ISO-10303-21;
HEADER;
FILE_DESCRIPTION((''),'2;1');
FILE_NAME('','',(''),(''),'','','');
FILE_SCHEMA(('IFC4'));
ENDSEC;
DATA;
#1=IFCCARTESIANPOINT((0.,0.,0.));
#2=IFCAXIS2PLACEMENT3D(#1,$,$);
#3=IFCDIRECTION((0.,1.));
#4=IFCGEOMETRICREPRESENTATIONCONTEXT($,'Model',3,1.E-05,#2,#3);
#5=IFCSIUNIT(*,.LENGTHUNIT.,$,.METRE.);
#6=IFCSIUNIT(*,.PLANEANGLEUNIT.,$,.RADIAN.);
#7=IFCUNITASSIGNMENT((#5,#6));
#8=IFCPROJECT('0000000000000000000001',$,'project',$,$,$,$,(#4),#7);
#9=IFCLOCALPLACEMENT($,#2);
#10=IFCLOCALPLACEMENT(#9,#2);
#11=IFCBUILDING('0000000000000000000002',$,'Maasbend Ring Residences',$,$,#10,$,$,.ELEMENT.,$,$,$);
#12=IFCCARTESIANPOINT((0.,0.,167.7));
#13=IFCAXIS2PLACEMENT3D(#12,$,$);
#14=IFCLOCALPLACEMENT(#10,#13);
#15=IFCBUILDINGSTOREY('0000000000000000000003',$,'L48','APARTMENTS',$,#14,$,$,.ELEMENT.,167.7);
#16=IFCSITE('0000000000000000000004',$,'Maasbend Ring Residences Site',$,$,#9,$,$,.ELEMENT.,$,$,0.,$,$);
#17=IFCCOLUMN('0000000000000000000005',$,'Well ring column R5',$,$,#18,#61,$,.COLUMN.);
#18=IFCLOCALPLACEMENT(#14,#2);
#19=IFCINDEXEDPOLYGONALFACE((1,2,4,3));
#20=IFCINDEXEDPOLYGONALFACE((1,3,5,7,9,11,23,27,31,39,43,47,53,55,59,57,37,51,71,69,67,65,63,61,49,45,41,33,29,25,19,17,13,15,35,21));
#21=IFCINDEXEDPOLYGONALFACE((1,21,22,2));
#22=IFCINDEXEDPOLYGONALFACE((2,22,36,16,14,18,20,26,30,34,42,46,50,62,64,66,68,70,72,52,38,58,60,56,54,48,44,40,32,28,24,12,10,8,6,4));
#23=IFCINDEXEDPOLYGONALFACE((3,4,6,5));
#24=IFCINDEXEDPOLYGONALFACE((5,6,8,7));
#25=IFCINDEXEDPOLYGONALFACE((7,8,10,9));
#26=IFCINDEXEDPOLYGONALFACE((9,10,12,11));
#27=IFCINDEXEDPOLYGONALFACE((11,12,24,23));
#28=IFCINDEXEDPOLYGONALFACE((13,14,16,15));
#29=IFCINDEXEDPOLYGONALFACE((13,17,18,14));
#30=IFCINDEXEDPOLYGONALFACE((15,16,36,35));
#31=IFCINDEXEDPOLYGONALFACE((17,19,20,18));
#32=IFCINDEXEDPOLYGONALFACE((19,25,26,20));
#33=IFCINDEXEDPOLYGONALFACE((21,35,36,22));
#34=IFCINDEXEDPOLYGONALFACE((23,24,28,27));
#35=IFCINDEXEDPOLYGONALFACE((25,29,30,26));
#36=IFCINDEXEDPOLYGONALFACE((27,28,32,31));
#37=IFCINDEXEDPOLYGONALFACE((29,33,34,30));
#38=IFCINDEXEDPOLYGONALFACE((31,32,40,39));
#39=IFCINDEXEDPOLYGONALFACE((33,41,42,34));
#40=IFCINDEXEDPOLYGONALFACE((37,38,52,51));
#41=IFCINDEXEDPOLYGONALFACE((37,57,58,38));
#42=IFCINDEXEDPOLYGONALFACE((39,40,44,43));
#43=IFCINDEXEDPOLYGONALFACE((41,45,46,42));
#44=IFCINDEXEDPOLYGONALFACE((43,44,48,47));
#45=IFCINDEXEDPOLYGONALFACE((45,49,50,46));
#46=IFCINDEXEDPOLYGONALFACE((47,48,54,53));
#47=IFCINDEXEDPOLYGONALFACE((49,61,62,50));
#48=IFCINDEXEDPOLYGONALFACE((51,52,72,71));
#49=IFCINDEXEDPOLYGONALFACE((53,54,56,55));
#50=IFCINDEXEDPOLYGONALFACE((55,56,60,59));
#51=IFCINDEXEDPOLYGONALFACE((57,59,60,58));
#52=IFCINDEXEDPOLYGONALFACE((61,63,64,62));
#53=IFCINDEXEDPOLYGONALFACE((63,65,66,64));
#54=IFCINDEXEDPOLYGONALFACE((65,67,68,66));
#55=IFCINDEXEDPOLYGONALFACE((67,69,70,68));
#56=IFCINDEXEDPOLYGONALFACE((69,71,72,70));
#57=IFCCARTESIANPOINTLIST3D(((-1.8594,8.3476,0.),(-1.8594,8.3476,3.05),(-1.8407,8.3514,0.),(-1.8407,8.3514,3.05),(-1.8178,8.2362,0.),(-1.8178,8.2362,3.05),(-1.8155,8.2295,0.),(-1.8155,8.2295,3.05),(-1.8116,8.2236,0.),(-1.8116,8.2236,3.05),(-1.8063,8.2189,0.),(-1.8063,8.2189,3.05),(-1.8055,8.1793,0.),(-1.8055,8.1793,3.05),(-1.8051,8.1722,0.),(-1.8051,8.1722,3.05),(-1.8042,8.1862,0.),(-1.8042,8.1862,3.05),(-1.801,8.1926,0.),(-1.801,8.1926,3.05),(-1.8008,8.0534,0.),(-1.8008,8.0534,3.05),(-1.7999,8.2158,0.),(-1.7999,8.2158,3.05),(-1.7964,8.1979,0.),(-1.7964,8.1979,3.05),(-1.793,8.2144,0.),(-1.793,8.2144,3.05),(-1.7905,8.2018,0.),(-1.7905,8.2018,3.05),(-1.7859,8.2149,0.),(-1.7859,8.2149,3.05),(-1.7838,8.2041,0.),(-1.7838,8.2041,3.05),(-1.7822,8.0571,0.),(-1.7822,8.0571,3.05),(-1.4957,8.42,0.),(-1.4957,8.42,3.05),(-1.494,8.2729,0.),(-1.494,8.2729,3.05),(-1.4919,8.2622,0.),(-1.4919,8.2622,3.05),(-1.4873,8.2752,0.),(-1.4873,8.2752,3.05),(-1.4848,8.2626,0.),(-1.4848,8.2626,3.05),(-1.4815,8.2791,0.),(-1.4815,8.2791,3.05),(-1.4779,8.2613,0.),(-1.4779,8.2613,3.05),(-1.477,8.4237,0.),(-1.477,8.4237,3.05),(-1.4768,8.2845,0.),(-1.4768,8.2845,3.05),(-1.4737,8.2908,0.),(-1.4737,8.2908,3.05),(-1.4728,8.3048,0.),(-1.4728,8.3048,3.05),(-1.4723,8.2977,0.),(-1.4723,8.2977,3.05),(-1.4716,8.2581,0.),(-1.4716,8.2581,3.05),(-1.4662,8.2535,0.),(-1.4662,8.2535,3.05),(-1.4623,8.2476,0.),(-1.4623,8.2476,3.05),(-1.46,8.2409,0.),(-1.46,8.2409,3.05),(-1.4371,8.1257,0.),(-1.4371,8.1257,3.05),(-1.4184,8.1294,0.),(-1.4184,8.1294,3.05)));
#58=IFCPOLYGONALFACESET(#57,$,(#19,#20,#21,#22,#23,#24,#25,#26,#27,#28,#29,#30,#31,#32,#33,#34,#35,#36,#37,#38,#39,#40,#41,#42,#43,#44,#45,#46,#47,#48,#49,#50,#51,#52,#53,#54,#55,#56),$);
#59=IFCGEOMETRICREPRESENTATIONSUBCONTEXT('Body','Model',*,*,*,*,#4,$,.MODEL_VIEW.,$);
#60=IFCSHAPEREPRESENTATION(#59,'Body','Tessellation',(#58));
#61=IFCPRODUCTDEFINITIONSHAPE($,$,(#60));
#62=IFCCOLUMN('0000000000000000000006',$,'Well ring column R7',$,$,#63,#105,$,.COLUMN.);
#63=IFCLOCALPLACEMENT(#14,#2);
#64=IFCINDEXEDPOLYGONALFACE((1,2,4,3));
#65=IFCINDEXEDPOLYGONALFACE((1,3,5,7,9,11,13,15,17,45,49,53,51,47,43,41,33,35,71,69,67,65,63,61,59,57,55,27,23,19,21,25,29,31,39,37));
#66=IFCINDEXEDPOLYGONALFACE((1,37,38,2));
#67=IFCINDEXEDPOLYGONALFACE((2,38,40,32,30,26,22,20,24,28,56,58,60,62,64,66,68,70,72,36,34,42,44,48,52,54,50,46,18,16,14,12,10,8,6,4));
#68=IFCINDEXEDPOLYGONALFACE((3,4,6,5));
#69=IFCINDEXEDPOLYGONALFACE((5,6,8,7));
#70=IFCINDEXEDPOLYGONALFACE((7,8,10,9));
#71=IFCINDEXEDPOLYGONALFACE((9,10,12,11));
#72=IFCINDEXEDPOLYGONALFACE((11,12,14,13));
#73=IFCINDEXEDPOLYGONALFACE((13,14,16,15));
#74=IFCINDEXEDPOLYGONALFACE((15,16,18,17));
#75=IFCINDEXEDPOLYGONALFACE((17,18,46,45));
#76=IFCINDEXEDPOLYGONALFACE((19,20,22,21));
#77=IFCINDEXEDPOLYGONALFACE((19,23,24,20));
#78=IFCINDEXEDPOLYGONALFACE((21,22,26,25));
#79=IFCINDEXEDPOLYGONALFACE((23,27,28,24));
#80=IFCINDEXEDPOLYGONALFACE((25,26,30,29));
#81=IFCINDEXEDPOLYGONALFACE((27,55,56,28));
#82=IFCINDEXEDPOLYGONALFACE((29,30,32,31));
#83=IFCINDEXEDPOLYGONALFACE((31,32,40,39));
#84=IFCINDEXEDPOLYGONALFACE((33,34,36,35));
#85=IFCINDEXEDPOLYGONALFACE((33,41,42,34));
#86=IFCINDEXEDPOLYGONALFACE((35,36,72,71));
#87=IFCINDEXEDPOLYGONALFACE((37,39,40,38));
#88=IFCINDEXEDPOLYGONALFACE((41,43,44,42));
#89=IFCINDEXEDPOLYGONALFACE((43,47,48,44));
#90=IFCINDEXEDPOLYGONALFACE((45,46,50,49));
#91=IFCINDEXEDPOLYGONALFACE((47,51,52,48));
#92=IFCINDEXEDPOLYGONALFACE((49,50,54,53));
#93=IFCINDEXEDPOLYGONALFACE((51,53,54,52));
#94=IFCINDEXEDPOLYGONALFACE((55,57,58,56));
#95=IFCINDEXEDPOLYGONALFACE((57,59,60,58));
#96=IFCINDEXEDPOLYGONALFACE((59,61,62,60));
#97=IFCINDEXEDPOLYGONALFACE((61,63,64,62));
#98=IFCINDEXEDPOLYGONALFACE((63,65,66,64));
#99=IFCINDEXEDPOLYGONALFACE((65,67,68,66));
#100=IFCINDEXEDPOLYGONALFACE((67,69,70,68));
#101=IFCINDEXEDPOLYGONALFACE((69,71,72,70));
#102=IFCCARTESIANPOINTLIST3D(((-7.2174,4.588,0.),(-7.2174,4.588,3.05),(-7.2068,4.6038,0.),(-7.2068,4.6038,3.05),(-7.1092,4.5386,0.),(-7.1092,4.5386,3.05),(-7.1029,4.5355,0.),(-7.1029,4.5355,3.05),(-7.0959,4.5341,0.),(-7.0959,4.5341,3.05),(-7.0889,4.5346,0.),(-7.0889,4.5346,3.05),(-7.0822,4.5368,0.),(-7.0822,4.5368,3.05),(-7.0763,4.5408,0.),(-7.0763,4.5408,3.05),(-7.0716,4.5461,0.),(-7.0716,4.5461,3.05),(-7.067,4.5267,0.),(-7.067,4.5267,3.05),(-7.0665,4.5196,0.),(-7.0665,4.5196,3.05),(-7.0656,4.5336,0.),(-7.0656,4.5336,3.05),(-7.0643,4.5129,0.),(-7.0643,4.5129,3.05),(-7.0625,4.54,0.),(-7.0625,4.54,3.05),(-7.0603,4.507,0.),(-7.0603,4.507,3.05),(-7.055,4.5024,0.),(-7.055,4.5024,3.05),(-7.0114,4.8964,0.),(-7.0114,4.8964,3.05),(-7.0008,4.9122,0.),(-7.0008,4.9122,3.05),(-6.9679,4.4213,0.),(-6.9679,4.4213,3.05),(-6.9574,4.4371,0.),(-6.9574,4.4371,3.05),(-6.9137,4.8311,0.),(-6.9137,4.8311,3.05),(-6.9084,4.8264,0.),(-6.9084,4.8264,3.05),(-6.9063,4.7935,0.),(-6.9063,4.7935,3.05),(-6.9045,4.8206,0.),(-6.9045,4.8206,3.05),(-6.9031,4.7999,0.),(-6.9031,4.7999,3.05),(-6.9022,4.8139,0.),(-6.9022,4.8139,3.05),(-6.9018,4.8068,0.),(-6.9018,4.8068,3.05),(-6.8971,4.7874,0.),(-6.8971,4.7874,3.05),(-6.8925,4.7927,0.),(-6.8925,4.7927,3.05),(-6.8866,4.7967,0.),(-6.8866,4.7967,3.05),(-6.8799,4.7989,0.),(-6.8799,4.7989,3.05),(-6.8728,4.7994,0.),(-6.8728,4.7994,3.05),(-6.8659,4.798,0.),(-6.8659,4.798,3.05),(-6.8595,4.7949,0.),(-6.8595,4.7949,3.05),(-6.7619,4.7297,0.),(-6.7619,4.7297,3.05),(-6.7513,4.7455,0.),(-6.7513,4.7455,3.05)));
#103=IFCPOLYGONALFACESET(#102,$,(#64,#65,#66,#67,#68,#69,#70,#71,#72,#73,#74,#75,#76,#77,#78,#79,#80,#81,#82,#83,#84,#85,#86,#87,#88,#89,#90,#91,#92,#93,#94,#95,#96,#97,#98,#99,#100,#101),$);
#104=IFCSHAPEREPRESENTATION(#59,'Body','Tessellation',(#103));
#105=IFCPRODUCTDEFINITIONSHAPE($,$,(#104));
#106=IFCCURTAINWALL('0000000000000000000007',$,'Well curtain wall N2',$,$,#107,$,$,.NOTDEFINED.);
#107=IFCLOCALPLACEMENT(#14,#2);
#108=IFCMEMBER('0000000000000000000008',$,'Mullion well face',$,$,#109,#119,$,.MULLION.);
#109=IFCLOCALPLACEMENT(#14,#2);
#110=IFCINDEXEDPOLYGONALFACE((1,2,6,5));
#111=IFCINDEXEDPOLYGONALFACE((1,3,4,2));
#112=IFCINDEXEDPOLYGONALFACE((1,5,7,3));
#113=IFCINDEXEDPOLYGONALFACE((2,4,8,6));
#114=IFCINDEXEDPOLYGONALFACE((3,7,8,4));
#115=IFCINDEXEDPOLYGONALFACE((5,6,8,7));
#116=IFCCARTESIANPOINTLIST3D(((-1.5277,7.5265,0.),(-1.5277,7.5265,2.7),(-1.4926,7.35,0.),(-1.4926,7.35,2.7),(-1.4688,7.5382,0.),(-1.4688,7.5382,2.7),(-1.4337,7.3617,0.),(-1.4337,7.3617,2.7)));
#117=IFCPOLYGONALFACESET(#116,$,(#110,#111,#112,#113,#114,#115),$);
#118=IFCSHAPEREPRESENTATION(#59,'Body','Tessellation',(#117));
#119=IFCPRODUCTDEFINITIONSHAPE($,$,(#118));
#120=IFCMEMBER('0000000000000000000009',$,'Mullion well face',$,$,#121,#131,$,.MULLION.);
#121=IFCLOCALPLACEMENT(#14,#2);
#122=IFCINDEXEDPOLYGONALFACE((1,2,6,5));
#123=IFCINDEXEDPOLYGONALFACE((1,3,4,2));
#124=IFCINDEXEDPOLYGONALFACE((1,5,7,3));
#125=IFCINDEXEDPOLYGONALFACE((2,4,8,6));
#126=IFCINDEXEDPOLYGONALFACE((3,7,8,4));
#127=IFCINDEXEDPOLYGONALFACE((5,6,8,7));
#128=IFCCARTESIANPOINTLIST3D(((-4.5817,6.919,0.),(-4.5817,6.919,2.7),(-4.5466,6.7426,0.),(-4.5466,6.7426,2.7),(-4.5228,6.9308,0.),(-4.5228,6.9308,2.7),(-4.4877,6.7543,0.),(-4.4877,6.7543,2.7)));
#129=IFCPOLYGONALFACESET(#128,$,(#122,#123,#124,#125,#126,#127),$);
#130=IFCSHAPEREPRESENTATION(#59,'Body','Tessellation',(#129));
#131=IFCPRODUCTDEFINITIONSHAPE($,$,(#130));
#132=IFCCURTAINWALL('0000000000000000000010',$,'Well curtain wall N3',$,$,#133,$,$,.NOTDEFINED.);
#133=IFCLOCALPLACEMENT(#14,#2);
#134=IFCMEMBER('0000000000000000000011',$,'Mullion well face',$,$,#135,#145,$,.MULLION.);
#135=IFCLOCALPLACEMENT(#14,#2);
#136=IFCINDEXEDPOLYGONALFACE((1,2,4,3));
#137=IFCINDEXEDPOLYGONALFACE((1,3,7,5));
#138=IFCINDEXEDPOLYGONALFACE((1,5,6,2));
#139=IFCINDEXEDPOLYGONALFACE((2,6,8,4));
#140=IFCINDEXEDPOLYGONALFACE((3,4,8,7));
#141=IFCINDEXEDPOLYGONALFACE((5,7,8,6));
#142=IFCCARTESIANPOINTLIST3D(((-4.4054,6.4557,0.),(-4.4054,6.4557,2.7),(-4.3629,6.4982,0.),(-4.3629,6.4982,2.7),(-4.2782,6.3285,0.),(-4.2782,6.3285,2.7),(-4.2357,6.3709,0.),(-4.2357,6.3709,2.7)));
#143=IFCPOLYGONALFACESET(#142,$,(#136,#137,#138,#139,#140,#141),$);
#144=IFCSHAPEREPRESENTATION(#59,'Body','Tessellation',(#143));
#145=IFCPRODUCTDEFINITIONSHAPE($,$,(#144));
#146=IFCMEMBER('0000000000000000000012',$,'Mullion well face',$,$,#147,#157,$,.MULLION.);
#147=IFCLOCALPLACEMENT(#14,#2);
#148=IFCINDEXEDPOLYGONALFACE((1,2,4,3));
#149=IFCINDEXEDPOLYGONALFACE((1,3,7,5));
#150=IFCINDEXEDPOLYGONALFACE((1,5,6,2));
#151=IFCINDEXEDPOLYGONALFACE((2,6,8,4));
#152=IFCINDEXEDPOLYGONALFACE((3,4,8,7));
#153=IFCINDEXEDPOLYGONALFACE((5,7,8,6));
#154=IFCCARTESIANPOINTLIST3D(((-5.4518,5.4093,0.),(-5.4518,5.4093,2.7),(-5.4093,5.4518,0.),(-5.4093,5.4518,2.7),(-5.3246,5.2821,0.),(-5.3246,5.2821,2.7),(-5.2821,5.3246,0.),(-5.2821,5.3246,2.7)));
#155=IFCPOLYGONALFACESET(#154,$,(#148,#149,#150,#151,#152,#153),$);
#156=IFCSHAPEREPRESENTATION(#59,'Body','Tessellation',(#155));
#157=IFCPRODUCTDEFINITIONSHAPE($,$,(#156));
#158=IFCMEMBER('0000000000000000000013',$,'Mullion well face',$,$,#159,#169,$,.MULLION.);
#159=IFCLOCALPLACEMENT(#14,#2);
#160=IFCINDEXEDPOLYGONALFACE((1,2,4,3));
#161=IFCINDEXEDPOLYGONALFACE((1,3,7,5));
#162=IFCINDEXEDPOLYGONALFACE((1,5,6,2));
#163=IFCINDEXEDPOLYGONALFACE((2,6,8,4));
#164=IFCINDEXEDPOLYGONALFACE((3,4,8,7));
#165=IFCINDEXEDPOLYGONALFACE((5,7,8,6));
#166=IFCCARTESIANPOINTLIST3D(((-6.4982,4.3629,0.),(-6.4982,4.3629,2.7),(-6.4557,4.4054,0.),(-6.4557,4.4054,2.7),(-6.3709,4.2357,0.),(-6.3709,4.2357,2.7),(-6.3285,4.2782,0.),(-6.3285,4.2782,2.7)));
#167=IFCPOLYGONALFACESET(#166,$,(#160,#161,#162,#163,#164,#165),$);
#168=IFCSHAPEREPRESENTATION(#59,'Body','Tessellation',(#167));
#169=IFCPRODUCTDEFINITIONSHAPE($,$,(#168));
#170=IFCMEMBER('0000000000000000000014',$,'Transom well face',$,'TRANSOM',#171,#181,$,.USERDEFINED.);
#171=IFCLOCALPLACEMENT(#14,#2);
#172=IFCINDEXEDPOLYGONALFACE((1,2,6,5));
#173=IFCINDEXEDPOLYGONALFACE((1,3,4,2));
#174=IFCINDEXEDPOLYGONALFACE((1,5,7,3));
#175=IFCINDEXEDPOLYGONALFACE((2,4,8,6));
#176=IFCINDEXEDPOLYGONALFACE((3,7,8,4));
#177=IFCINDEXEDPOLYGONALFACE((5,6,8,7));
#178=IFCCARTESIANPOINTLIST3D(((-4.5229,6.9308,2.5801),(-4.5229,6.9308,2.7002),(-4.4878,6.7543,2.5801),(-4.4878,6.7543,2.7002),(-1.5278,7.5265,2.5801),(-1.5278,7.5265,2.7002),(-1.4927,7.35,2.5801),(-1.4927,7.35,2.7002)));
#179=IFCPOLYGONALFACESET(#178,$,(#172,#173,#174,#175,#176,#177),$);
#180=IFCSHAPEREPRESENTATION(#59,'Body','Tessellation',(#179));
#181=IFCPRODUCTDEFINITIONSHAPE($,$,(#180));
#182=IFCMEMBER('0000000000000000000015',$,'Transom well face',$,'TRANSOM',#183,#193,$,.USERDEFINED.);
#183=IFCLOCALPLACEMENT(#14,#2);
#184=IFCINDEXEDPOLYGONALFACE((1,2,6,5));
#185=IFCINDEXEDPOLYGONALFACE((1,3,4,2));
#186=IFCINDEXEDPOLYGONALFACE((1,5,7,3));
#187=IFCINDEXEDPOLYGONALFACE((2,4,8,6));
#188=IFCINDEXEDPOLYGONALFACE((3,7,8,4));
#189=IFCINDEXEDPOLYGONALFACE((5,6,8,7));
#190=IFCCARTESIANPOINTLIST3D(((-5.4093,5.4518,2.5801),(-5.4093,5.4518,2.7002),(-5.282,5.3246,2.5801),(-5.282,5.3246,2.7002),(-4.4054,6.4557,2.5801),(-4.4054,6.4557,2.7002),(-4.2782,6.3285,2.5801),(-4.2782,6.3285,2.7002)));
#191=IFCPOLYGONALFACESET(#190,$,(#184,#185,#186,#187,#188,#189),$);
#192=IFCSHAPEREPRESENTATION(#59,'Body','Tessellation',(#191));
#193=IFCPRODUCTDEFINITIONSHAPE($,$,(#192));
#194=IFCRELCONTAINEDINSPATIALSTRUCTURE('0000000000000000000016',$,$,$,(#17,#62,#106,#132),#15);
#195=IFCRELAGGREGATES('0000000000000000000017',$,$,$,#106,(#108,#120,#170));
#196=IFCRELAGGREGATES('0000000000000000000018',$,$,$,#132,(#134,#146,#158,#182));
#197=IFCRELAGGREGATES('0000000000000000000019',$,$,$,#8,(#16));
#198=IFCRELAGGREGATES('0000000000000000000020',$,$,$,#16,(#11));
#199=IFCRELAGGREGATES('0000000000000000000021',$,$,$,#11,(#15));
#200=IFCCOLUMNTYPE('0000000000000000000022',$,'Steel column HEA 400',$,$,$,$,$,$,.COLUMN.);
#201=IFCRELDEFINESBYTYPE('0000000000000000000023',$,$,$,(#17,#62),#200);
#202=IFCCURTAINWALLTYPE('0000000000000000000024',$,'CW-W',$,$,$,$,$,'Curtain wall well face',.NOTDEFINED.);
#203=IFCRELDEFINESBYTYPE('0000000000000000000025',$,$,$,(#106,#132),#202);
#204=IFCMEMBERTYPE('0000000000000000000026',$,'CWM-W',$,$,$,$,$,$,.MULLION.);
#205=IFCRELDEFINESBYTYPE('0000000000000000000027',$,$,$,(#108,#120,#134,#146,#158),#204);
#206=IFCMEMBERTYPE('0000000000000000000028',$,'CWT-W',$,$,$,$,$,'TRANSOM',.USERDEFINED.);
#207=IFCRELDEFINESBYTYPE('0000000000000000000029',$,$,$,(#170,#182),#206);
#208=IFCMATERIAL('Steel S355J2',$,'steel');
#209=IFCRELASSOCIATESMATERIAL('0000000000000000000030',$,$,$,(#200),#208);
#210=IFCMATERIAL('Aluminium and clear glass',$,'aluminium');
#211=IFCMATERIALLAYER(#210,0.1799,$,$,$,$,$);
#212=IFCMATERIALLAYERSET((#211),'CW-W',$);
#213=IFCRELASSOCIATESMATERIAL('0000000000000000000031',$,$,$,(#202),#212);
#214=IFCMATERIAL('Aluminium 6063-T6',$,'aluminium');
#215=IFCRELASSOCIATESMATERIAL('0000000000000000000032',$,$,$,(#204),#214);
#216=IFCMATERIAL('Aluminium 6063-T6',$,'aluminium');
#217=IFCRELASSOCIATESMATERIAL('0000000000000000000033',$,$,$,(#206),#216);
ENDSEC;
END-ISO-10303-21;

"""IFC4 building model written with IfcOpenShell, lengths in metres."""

from ifc_helpers import new_model, si_unit, direction, frame, origin, origin_2d, place, context, subcontext, project, spatial, rectangle, i_section, extrude, material, layer, layer_set, material_profile, profile_set, type_object, element, aggregate, save


model = new_model("IFC4")

# Units and contexts
model_context = context("Model", 3, precision=1e-05, world=origin(), true_north=direction((0.0, 1.0)))
body_context = subcontext(model_context, "Body", "Model", "MODEL_VIEW")
ifc_project = project(units=[si_unit("LENGTHUNIT", "METRE"), si_unit("PLANEANGLEUNIT", "RADIAN")], contexts=[model_context])

# Site, building, storey
site_placement = place(None, origin())
site = spatial("IfcSite", under=ifc_project, at=site_placement, Name="Maasbend Ring Residences Site", CompositionType="ELEMENT", RefElevation=0.0)
building_placement = place(site_placement, origin())
building = spatial("IfcBuilding", under=site, at=building_placement, Name="Maasbend Ring Residences", CompositionType="ELEMENT")
storey_placement = place(building_placement, frame((0.0, 0.0, 167.7)))
storey = spatial("IfcBuildingStorey", under=building, at=storey_placement, Name="L48", Description="APARTMENTS", CompositionType="ELEMENT", Elevation=167.7)

# Columns
ifc_material_1 = material(Name="Steel S355J2", Category="steel")
ifc_material_profile_1 = material_profile(ifc_material_1, i_section(OverallWidth=0.3, OverallDepth=0.3899, WebThickness=0.011, FlangeThickness=0.019, FilletRadius=0.0271, at=origin_2d()), Name="HEA 400")
ifc_profile_set_1 = profile_set([ifc_material_profile_1], Name="Steel S355J2")
column_type = type_object("IfcColumnType", Name="Steel column HEA 400", PredefinedType="COLUMN", material=ifc_profile_set_1)
for number, where, z_axis, x_axis, name in (
    (1, (-1.6389, 8.2385, 0.0), (0.0, 0.0, 1.0), (-0.19509, 0.980785, 0.0), "Well ring column R5"),
    (2, (-6.9844, 4.6667, 0.0), (0.0, 0.0, 1.0), (-0.83147, 0.55557, 0.0), "Well ring column R7"),
):
    element("IfcColumn", number, at=place(storey_placement, frame(where, z_axis=z_axis, x_axis=x_axis)), inside=storey, type_object=column_type, Name=name, PredefinedType="COLUMN", context=body_context, shape_type="SweptSolid", body=[
        extrude(i_section(OverallWidth=0.3, OverallDepth=0.3899, WebThickness=0.011, FlangeThickness=0.019, FilletRadius=0.0271, at=origin_2d()), origin(), (0.0, 0.0, 1.0), 3.05),
    ])

# Curtain walls, members
ifc_material_2 = material(Name="Aluminium and clear glass", Category="aluminium")
ifc_layer_1 = layer(ifc_material_2, 0.1799)
ifc_layer_set_1 = layer_set([ifc_layer_1], Name="CW-W")
curtain_wall_type = type_object("IfcCurtainWallType", Name="CW-W", ElementType="Curtain wall well face", PredefinedType="NOTDEFINED", material=ifc_layer_set_1)
curtain_wall_1_placement = place(storey_placement, origin())
curtain_wall_1 = element("IfcCurtainWall", 3, at=curtain_wall_1_placement, inside=storey, type_object=curtain_wall_type, Name="Well curtain wall N2", PredefinedType="NOTDEFINED")
ifc_material_3 = material(Name="Aluminium 6063-T6", Category="aluminium")
ifc_material_profile_2 = material_profile(ifc_material_3, rectangle(XDim=0.1799, YDim=0.0601, at=origin_2d()), Name="AL 180x60")
ifc_profile_set_2 = profile_set([ifc_material_profile_2], Name="Aluminium 6063-T6")
member_type_1 = type_object("IfcMemberType", Name="CWM-W", PredefinedType="MULLION", material=ifc_profile_set_2)
member_1_placement = place(storey_placement, frame((-1.4807, 7.4441, 0.0), z_axis=(0.0, 0.0, 1.0), x_axis=(0.19509, -0.980785, 0.0)))
member_1 = element("IfcMember", 4, at=member_1_placement, type_object=member_type_1, Name="Mullion well face", PredefinedType="MULLION", context=body_context, shape_type="SweptSolid", body=[
    extrude(rectangle(XDim=0.1799, YDim=0.0601, at=origin_2d()), origin(), (0.0, 0.0, 1.0), 2.7),
])
member_2_placement = place(storey_placement, frame((-4.5347, 6.8367, 0.0), z_axis=(0.0, 0.0, 1.0), x_axis=(0.19509, -0.980785, 0.0)))
member_2 = element("IfcMember", 5, at=member_2_placement, type_object=member_type_1, Name="Mullion well face", PredefinedType="MULLION", context=body_context, shape_type="SweptSolid", body=[
    extrude(rectangle(XDim=0.1799, YDim=0.0601, at=origin_2d()), origin(), (0.0, 0.0, 1.0), 2.7),
])
curtain_wall_2_placement = place(storey_placement, origin())
curtain_wall_2 = element("IfcCurtainWall", 6, at=curtain_wall_2_placement, inside=storey, type_object=curtain_wall_type, Name="Well curtain wall N3", PredefinedType="NOTDEFINED")
member_3_placement = place(storey_placement, frame((-4.3206, 6.4133, 0.0), z_axis=(0.0, 0.0, 1.0), x_axis=(0.707107, -0.707107, 0.0)))
member_3 = element("IfcMember", 7, at=member_3_placement, type_object=member_type_1, Name="Mullion well face", PredefinedType="MULLION", context=body_context, shape_type="SweptSolid", body=[
    extrude(rectangle(XDim=0.1799, YDim=0.0601, at=origin_2d()), origin(), (0.0, 0.0, 1.0), 2.7),
])
member_4_placement = place(storey_placement, frame((-5.3669, 5.3669, 0.0), z_axis=(0.0, 0.0, 1.0), x_axis=(0.707107, -0.707107, 0.0)))
member_4 = element("IfcMember", 8, at=member_4_placement, type_object=member_type_1, Name="Mullion well face", PredefinedType="MULLION", context=body_context, shape_type="SweptSolid", body=[
    extrude(rectangle(XDim=0.1799, YDim=0.0601, at=origin_2d()), origin(), (0.0, 0.0, 1.0), 2.7),
])
member_5_placement = place(storey_placement, frame((-6.4133, 4.3206, 0.0), z_axis=(0.0, 0.0, 1.0), x_axis=(0.707107, -0.707107, 0.0)))
member_5 = element("IfcMember", 9, at=member_5_placement, type_object=member_type_1, Name="Mullion well face", PredefinedType="MULLION", context=body_context, shape_type="SweptSolid", body=[
    extrude(rectangle(XDim=0.1799, YDim=0.0601, at=origin_2d()), origin(), (0.0, 0.0, 1.0), 2.7),
])

# Members
ifc_material_4 = material(Name="Aluminium 6063-T6", Category="aluminium")
ifc_material_profile_3 = material_profile(ifc_material_4, rectangle(XDim=0.1799, YDim=0.1201, at=origin_2d()), Name="AL 180x120")
ifc_profile_set_3 = profile_set([ifc_material_profile_3], Name="Aluminium 6063-T6")
member_type_2 = type_object("IfcMemberType", Name="CWT-W", ElementType="TRANSOM", PredefinedType="USERDEFINED", material=ifc_profile_set_3)
member_6_placement = place(storey_placement, frame((-1.5103, 7.4382, 2.6401), z_axis=(-0.980789, -0.195071, 0.0), x_axis=(0.195071, -0.980789, 0.0)))
member_6 = element("IfcMember", 10, at=member_6_placement, type_object=member_type_2, Name="Transom well face", ObjectType="TRANSOM", PredefinedType="USERDEFINED", context=body_context, shape_type="SweptSolid", body=[
    extrude(rectangle(XDim=0.1799, YDim=0.1201, at=origin_2d()), origin(), (0.0, 0.0, 1.0), 3.0537),
])
member_7_placement = place(storey_placement, frame((-4.3418, 6.3921, 2.6401), z_axis=(-0.707107, -0.707107, 0.0), x_axis=(0.707107, -0.707107, 0.0)))
member_7 = element("IfcMember", 11, at=member_7_placement, type_object=member_type_2, Name="Transom well face", ObjectType="TRANSOM", PredefinedType="USERDEFINED", context=body_context, shape_type="SweptSolid", body=[
    extrude(rectangle(XDim=0.1799, YDim=0.1201, at=origin_2d()), origin(), (0.0, 0.0, 1.0), 1.4197),
])

aggregate(curtain_wall_1, [member_1, member_2, member_6])
aggregate(curtain_wall_2, [member_3, member_4, member_5, member_7])

save(model, "model.ifc")
